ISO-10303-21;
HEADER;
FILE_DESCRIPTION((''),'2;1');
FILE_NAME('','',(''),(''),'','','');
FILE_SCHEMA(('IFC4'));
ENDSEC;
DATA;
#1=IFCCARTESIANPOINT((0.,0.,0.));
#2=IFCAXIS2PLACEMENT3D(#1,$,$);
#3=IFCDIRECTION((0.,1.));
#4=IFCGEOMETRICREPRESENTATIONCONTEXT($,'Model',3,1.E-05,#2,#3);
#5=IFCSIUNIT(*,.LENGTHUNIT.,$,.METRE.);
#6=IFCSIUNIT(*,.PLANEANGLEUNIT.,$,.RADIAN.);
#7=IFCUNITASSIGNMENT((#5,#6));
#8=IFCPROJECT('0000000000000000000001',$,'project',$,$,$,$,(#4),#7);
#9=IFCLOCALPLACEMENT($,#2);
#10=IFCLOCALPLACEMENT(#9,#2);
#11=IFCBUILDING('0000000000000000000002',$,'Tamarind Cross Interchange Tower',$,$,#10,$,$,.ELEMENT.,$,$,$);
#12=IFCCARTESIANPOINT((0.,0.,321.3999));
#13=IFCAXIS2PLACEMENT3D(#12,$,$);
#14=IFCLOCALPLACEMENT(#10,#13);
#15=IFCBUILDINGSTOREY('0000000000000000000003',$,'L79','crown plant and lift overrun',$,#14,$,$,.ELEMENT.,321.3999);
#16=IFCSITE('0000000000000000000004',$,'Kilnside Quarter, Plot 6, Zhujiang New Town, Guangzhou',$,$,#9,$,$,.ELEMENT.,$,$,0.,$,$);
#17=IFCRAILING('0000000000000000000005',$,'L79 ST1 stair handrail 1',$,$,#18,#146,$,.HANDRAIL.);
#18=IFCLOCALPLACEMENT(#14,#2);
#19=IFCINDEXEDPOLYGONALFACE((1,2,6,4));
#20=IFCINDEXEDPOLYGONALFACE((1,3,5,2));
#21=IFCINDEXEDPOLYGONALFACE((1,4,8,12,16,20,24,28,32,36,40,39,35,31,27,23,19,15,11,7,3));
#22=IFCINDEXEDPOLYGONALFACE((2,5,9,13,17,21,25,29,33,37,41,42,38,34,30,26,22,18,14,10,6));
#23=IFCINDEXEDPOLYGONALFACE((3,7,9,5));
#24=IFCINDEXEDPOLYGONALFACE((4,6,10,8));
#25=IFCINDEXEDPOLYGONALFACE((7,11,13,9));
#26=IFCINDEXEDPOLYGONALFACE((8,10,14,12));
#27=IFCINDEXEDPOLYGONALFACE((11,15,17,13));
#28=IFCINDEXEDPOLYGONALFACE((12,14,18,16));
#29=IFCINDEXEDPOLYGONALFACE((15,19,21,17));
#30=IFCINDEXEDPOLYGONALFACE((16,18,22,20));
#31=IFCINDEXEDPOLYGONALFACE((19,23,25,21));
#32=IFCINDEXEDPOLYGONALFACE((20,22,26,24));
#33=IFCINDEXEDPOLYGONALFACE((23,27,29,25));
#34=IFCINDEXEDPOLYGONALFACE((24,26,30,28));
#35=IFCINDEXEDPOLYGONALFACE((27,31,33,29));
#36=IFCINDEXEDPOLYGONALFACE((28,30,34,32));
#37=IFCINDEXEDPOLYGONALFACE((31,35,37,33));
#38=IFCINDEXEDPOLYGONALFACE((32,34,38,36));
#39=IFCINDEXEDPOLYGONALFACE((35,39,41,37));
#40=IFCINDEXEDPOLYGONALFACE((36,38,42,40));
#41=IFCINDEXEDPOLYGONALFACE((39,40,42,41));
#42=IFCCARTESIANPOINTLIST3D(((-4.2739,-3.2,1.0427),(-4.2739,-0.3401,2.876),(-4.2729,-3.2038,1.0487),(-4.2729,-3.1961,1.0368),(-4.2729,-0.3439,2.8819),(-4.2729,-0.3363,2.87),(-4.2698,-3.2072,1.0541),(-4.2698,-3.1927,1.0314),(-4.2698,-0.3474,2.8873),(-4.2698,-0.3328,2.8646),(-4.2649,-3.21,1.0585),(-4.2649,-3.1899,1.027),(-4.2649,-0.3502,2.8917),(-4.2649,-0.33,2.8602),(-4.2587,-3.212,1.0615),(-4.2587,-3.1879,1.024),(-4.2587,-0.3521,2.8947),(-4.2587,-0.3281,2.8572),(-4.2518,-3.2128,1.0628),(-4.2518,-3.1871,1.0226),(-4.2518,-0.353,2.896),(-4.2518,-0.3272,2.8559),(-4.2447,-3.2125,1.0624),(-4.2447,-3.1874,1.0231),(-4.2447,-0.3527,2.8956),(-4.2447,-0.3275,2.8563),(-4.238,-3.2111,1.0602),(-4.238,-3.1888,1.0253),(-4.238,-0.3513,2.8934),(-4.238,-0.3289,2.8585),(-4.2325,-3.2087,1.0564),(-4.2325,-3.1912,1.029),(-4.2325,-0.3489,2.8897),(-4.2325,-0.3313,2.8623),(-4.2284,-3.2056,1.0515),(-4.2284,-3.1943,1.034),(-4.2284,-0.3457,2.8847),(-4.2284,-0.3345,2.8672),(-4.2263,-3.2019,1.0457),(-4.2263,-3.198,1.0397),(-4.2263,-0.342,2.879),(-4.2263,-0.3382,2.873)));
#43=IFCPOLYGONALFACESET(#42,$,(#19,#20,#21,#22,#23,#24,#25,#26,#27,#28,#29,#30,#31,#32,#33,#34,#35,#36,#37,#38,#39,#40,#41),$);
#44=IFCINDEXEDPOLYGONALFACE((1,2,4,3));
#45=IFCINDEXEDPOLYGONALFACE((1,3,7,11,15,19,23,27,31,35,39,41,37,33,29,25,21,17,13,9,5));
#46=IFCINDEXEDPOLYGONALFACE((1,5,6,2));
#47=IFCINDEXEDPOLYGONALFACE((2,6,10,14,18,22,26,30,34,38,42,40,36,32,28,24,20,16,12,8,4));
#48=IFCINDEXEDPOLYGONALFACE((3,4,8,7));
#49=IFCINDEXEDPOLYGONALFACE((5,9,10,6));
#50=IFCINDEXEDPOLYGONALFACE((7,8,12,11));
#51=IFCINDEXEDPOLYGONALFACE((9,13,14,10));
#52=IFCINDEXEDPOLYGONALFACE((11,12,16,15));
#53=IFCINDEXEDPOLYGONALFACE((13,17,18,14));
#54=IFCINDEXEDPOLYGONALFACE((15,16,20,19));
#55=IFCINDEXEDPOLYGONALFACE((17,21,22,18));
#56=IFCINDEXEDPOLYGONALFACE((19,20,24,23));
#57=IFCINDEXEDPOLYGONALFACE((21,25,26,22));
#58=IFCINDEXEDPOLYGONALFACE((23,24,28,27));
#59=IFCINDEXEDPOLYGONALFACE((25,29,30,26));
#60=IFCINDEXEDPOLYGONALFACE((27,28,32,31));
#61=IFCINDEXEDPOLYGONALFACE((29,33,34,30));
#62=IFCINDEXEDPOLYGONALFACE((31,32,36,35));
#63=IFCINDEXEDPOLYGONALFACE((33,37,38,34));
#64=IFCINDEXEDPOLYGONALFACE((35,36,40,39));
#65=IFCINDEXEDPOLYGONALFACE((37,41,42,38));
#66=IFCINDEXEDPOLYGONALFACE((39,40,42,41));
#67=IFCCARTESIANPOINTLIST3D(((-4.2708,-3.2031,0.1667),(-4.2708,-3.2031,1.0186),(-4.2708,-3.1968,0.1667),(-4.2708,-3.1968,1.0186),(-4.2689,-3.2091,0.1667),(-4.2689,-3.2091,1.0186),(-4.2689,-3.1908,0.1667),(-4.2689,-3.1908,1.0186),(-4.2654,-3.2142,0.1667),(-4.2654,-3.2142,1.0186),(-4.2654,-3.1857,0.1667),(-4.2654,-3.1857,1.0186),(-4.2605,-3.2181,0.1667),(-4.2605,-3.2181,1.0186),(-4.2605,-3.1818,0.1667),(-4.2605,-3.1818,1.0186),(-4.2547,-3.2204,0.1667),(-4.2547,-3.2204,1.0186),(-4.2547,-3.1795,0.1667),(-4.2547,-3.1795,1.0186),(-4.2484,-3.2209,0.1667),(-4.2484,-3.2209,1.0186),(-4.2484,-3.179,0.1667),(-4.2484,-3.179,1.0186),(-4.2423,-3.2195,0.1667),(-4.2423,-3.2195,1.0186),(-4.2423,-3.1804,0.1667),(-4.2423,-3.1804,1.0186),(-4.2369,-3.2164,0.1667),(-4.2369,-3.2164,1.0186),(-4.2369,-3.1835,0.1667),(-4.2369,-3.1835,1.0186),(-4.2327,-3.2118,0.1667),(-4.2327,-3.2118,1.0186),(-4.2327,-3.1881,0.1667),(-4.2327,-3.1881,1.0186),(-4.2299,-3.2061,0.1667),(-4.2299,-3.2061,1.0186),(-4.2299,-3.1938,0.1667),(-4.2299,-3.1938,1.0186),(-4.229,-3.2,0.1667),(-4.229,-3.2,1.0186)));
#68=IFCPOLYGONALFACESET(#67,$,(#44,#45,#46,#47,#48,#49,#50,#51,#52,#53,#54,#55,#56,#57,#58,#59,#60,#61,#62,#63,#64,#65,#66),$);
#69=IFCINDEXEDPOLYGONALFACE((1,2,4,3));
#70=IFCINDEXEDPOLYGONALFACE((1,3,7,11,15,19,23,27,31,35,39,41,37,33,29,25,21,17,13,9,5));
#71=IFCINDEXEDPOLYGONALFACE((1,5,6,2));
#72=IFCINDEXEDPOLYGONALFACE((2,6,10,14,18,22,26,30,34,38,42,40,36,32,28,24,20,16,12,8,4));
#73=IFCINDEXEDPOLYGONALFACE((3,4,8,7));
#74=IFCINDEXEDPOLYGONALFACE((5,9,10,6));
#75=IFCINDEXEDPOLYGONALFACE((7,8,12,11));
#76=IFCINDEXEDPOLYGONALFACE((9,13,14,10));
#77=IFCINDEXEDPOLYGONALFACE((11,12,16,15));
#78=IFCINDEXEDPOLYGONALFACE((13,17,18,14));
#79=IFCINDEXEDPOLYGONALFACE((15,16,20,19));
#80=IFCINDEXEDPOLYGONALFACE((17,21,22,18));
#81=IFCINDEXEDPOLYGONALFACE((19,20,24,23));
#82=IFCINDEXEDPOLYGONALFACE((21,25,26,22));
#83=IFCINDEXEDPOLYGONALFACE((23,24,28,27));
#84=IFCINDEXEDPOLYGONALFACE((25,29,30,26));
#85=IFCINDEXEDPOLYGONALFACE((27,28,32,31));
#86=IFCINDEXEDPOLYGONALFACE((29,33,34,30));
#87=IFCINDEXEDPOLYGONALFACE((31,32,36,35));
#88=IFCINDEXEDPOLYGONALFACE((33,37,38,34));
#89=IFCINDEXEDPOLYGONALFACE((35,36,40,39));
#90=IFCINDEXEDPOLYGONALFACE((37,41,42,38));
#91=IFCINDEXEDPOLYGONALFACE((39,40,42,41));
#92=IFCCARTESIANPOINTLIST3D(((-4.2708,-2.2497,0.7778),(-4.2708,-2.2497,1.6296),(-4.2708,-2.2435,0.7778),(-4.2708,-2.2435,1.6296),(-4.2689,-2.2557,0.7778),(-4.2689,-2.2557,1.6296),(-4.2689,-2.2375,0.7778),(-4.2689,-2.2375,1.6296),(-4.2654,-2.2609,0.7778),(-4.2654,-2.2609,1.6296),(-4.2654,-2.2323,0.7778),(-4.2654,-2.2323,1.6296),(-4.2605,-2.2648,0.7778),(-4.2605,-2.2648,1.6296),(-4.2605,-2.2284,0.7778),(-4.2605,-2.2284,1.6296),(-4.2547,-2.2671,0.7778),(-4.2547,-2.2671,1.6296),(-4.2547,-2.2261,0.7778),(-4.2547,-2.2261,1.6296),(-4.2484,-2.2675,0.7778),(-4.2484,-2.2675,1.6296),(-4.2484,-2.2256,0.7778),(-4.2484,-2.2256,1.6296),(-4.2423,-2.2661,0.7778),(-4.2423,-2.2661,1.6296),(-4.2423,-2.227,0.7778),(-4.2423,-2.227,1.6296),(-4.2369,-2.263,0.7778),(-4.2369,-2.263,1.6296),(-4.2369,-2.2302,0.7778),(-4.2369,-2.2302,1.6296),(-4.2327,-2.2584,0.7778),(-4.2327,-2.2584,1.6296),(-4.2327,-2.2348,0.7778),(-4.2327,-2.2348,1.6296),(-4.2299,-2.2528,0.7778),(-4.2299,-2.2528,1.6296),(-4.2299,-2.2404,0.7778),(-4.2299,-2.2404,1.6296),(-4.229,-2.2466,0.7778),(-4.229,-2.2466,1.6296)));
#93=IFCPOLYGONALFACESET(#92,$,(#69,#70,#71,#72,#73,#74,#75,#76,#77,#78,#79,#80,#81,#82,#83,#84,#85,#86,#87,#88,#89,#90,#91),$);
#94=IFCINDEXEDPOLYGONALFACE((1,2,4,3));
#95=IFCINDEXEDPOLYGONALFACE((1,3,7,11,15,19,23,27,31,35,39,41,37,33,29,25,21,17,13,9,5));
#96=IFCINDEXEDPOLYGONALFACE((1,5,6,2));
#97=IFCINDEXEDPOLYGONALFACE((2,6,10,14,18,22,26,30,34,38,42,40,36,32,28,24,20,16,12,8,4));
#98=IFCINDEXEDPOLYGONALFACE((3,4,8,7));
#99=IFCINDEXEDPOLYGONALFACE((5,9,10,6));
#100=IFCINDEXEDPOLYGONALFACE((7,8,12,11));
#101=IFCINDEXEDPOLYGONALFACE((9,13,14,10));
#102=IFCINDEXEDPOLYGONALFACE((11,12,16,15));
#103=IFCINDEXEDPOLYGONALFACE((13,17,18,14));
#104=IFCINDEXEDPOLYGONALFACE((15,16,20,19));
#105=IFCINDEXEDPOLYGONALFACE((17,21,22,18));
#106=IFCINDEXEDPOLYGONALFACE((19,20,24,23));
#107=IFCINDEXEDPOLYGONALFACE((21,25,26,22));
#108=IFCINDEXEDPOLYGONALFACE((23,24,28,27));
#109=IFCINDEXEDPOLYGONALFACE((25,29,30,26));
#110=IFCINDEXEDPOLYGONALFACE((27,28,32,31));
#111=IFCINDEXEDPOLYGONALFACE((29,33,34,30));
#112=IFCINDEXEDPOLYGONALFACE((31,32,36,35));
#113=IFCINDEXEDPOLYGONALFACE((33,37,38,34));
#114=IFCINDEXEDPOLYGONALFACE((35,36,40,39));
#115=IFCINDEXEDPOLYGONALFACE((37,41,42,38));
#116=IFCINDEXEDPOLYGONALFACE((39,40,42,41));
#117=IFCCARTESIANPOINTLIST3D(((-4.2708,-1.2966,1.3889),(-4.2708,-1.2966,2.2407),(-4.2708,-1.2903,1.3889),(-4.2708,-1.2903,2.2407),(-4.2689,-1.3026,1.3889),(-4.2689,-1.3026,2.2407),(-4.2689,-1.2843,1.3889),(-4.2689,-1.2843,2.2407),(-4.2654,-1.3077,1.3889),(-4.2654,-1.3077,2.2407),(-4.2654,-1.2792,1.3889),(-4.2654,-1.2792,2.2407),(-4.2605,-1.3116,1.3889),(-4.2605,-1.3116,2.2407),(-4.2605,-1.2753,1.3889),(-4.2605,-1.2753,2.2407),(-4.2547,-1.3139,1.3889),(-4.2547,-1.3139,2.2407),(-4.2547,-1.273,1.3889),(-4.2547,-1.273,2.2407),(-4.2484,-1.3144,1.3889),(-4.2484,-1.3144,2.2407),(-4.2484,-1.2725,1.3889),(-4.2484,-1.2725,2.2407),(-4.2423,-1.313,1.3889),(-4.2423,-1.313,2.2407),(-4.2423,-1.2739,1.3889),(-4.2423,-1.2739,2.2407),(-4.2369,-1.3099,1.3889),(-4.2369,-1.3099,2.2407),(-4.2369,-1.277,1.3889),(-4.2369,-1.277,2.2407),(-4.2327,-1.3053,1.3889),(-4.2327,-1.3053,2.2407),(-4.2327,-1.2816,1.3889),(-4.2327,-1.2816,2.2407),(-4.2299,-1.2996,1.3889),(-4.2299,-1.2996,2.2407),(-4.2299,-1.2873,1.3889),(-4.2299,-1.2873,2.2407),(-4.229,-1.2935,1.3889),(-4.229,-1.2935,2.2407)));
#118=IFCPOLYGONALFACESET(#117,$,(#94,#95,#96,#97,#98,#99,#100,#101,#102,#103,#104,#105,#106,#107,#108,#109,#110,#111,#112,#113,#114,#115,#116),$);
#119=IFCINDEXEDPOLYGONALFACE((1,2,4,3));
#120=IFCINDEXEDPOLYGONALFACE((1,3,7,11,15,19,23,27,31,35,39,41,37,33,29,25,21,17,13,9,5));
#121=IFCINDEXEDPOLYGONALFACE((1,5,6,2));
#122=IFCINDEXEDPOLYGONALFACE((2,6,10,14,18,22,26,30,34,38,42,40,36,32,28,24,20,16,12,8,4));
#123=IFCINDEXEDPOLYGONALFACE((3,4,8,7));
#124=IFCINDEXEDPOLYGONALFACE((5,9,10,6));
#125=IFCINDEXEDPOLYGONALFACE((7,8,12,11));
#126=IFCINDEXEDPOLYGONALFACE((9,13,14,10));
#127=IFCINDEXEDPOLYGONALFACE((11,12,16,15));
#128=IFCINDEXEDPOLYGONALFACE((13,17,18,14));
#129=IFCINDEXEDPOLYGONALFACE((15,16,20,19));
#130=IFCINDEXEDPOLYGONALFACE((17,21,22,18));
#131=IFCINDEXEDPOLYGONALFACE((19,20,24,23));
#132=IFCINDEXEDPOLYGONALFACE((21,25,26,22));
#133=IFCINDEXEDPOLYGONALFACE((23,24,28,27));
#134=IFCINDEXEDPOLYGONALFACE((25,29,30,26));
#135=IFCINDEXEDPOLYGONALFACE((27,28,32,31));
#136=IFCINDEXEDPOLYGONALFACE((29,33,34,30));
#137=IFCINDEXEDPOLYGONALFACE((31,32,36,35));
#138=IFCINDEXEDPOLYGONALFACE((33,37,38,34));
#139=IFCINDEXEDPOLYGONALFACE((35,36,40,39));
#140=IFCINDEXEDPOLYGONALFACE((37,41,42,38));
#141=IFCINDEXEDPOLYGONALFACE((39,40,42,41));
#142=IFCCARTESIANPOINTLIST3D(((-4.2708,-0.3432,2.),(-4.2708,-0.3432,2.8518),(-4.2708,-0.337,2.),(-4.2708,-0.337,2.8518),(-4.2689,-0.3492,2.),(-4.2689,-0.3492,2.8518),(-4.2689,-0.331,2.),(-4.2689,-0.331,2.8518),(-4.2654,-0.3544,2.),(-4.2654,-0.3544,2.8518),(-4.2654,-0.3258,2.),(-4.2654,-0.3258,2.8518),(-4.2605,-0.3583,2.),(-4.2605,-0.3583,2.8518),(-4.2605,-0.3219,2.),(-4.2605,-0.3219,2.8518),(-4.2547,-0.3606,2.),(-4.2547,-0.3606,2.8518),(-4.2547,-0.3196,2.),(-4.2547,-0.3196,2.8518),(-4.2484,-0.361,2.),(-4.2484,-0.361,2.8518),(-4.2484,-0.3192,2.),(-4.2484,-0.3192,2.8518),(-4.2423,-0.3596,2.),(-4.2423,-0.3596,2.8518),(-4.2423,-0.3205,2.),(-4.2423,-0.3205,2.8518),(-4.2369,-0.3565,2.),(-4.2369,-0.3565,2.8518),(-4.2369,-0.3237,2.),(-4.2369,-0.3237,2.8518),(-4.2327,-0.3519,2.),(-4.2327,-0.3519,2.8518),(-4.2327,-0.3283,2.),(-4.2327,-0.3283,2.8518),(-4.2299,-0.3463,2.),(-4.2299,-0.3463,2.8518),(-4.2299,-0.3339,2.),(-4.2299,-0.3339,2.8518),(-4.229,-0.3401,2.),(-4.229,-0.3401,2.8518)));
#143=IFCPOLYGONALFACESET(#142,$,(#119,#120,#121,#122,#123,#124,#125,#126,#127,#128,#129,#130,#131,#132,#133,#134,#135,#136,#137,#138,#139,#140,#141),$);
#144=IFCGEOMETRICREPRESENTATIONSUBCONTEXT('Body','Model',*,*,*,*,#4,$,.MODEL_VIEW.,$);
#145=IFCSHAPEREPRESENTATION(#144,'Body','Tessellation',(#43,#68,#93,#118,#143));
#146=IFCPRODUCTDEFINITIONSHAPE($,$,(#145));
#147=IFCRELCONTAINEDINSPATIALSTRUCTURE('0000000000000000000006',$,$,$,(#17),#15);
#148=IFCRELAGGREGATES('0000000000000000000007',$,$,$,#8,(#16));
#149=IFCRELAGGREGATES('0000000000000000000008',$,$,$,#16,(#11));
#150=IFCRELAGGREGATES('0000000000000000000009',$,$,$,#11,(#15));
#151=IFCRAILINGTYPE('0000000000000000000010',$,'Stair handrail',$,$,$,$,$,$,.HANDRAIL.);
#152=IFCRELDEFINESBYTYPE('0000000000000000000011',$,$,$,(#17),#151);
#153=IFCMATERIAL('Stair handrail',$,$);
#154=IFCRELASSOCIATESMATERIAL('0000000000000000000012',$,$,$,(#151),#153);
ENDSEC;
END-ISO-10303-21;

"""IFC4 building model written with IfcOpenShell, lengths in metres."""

from ifc_helpers import new_model, si_unit, direction, frame, origin, origin_2d, place, context, subcontext, project, spatial, circle, extrude, material, type_object, element, save


model = new_model("IFC4")

# Units and contexts
model_context = context("Model", 3, precision=1e-05, world=origin(), true_north=direction((0.0, 1.0)))
body_context = subcontext(model_context, "Body", "Model", "MODEL_VIEW")
ifc_project = project(units=[si_unit("LENGTHUNIT", "METRE"), si_unit("PLANEANGLEUNIT", "RADIAN")], contexts=[model_context])

# Site, building, storey
site_placement = place(None, origin())
site = spatial("IfcSite", under=ifc_project, at=site_placement, Name="Kilnside Quarter, Plot 6, Zhujiang New Town, Guangzhou", CompositionType="ELEMENT", RefElevation=0.0)
building_placement = place(site_placement, origin())
building = spatial("IfcBuilding", under=site, at=building_placement, Name="Tamarind Cross Interchange Tower", CompositionType="ELEMENT")
storey_placement = place(building_placement, frame((0.0, 0.0, 321.3999)))
storey = spatial("IfcBuildingStorey", under=building, at=storey_placement, Name="L79", Description="crown plant and lift overrun", CompositionType="ELEMENT", Elevation=321.3999)

# Railing
ifc_material_1 = material(Name="Stair handrail")
railing_type_1 = type_object("IfcRailingType", Name="Stair handrail", PredefinedType="HANDRAIL", material=ifc_material_1)
railing_1_placement = place(storey_placement, frame((-4.25, -3.2, 0.1667)))
element("IfcRailing", 1, at=railing_1_placement, inside=storey, type_object=railing_type_1, Name="L79 ST1 stair handrail 1", PredefinedType="HANDRAIL", context=body_context, shape_type="SweptSolid", body=[
    extrude(circle(Radius=0.0239, at=origin_2d()), frame((0.0, 0.0, 0.876), z_axis=(0.0, 0.841878, 0.539667), x_axis=(-1.0, 0.0, 0.0)), (0.0, 0.0, 1.0), 3.397),
    extrude(circle(Radius=0.021, at=origin_2d()), origin(), (0.0, 0.0, 1.0), 0.8518),
    extrude(circle(Radius=0.021, at=origin_2d()), frame((0.0, 0.9534, 0.6111)), (0.0, 0.0, 1.0), 0.8518),
    extrude(circle(Radius=0.021, at=origin_2d()), frame((0.0, 1.9065, 1.2222)), (0.0, 0.0, 1.0), 0.8518),
    extrude(circle(Radius=0.021, at=origin_2d()), frame((0.0, 2.8599, 1.8333)), (0.0, 0.0, 1.0), 0.8518),
])

save(model, "model.ifc")
